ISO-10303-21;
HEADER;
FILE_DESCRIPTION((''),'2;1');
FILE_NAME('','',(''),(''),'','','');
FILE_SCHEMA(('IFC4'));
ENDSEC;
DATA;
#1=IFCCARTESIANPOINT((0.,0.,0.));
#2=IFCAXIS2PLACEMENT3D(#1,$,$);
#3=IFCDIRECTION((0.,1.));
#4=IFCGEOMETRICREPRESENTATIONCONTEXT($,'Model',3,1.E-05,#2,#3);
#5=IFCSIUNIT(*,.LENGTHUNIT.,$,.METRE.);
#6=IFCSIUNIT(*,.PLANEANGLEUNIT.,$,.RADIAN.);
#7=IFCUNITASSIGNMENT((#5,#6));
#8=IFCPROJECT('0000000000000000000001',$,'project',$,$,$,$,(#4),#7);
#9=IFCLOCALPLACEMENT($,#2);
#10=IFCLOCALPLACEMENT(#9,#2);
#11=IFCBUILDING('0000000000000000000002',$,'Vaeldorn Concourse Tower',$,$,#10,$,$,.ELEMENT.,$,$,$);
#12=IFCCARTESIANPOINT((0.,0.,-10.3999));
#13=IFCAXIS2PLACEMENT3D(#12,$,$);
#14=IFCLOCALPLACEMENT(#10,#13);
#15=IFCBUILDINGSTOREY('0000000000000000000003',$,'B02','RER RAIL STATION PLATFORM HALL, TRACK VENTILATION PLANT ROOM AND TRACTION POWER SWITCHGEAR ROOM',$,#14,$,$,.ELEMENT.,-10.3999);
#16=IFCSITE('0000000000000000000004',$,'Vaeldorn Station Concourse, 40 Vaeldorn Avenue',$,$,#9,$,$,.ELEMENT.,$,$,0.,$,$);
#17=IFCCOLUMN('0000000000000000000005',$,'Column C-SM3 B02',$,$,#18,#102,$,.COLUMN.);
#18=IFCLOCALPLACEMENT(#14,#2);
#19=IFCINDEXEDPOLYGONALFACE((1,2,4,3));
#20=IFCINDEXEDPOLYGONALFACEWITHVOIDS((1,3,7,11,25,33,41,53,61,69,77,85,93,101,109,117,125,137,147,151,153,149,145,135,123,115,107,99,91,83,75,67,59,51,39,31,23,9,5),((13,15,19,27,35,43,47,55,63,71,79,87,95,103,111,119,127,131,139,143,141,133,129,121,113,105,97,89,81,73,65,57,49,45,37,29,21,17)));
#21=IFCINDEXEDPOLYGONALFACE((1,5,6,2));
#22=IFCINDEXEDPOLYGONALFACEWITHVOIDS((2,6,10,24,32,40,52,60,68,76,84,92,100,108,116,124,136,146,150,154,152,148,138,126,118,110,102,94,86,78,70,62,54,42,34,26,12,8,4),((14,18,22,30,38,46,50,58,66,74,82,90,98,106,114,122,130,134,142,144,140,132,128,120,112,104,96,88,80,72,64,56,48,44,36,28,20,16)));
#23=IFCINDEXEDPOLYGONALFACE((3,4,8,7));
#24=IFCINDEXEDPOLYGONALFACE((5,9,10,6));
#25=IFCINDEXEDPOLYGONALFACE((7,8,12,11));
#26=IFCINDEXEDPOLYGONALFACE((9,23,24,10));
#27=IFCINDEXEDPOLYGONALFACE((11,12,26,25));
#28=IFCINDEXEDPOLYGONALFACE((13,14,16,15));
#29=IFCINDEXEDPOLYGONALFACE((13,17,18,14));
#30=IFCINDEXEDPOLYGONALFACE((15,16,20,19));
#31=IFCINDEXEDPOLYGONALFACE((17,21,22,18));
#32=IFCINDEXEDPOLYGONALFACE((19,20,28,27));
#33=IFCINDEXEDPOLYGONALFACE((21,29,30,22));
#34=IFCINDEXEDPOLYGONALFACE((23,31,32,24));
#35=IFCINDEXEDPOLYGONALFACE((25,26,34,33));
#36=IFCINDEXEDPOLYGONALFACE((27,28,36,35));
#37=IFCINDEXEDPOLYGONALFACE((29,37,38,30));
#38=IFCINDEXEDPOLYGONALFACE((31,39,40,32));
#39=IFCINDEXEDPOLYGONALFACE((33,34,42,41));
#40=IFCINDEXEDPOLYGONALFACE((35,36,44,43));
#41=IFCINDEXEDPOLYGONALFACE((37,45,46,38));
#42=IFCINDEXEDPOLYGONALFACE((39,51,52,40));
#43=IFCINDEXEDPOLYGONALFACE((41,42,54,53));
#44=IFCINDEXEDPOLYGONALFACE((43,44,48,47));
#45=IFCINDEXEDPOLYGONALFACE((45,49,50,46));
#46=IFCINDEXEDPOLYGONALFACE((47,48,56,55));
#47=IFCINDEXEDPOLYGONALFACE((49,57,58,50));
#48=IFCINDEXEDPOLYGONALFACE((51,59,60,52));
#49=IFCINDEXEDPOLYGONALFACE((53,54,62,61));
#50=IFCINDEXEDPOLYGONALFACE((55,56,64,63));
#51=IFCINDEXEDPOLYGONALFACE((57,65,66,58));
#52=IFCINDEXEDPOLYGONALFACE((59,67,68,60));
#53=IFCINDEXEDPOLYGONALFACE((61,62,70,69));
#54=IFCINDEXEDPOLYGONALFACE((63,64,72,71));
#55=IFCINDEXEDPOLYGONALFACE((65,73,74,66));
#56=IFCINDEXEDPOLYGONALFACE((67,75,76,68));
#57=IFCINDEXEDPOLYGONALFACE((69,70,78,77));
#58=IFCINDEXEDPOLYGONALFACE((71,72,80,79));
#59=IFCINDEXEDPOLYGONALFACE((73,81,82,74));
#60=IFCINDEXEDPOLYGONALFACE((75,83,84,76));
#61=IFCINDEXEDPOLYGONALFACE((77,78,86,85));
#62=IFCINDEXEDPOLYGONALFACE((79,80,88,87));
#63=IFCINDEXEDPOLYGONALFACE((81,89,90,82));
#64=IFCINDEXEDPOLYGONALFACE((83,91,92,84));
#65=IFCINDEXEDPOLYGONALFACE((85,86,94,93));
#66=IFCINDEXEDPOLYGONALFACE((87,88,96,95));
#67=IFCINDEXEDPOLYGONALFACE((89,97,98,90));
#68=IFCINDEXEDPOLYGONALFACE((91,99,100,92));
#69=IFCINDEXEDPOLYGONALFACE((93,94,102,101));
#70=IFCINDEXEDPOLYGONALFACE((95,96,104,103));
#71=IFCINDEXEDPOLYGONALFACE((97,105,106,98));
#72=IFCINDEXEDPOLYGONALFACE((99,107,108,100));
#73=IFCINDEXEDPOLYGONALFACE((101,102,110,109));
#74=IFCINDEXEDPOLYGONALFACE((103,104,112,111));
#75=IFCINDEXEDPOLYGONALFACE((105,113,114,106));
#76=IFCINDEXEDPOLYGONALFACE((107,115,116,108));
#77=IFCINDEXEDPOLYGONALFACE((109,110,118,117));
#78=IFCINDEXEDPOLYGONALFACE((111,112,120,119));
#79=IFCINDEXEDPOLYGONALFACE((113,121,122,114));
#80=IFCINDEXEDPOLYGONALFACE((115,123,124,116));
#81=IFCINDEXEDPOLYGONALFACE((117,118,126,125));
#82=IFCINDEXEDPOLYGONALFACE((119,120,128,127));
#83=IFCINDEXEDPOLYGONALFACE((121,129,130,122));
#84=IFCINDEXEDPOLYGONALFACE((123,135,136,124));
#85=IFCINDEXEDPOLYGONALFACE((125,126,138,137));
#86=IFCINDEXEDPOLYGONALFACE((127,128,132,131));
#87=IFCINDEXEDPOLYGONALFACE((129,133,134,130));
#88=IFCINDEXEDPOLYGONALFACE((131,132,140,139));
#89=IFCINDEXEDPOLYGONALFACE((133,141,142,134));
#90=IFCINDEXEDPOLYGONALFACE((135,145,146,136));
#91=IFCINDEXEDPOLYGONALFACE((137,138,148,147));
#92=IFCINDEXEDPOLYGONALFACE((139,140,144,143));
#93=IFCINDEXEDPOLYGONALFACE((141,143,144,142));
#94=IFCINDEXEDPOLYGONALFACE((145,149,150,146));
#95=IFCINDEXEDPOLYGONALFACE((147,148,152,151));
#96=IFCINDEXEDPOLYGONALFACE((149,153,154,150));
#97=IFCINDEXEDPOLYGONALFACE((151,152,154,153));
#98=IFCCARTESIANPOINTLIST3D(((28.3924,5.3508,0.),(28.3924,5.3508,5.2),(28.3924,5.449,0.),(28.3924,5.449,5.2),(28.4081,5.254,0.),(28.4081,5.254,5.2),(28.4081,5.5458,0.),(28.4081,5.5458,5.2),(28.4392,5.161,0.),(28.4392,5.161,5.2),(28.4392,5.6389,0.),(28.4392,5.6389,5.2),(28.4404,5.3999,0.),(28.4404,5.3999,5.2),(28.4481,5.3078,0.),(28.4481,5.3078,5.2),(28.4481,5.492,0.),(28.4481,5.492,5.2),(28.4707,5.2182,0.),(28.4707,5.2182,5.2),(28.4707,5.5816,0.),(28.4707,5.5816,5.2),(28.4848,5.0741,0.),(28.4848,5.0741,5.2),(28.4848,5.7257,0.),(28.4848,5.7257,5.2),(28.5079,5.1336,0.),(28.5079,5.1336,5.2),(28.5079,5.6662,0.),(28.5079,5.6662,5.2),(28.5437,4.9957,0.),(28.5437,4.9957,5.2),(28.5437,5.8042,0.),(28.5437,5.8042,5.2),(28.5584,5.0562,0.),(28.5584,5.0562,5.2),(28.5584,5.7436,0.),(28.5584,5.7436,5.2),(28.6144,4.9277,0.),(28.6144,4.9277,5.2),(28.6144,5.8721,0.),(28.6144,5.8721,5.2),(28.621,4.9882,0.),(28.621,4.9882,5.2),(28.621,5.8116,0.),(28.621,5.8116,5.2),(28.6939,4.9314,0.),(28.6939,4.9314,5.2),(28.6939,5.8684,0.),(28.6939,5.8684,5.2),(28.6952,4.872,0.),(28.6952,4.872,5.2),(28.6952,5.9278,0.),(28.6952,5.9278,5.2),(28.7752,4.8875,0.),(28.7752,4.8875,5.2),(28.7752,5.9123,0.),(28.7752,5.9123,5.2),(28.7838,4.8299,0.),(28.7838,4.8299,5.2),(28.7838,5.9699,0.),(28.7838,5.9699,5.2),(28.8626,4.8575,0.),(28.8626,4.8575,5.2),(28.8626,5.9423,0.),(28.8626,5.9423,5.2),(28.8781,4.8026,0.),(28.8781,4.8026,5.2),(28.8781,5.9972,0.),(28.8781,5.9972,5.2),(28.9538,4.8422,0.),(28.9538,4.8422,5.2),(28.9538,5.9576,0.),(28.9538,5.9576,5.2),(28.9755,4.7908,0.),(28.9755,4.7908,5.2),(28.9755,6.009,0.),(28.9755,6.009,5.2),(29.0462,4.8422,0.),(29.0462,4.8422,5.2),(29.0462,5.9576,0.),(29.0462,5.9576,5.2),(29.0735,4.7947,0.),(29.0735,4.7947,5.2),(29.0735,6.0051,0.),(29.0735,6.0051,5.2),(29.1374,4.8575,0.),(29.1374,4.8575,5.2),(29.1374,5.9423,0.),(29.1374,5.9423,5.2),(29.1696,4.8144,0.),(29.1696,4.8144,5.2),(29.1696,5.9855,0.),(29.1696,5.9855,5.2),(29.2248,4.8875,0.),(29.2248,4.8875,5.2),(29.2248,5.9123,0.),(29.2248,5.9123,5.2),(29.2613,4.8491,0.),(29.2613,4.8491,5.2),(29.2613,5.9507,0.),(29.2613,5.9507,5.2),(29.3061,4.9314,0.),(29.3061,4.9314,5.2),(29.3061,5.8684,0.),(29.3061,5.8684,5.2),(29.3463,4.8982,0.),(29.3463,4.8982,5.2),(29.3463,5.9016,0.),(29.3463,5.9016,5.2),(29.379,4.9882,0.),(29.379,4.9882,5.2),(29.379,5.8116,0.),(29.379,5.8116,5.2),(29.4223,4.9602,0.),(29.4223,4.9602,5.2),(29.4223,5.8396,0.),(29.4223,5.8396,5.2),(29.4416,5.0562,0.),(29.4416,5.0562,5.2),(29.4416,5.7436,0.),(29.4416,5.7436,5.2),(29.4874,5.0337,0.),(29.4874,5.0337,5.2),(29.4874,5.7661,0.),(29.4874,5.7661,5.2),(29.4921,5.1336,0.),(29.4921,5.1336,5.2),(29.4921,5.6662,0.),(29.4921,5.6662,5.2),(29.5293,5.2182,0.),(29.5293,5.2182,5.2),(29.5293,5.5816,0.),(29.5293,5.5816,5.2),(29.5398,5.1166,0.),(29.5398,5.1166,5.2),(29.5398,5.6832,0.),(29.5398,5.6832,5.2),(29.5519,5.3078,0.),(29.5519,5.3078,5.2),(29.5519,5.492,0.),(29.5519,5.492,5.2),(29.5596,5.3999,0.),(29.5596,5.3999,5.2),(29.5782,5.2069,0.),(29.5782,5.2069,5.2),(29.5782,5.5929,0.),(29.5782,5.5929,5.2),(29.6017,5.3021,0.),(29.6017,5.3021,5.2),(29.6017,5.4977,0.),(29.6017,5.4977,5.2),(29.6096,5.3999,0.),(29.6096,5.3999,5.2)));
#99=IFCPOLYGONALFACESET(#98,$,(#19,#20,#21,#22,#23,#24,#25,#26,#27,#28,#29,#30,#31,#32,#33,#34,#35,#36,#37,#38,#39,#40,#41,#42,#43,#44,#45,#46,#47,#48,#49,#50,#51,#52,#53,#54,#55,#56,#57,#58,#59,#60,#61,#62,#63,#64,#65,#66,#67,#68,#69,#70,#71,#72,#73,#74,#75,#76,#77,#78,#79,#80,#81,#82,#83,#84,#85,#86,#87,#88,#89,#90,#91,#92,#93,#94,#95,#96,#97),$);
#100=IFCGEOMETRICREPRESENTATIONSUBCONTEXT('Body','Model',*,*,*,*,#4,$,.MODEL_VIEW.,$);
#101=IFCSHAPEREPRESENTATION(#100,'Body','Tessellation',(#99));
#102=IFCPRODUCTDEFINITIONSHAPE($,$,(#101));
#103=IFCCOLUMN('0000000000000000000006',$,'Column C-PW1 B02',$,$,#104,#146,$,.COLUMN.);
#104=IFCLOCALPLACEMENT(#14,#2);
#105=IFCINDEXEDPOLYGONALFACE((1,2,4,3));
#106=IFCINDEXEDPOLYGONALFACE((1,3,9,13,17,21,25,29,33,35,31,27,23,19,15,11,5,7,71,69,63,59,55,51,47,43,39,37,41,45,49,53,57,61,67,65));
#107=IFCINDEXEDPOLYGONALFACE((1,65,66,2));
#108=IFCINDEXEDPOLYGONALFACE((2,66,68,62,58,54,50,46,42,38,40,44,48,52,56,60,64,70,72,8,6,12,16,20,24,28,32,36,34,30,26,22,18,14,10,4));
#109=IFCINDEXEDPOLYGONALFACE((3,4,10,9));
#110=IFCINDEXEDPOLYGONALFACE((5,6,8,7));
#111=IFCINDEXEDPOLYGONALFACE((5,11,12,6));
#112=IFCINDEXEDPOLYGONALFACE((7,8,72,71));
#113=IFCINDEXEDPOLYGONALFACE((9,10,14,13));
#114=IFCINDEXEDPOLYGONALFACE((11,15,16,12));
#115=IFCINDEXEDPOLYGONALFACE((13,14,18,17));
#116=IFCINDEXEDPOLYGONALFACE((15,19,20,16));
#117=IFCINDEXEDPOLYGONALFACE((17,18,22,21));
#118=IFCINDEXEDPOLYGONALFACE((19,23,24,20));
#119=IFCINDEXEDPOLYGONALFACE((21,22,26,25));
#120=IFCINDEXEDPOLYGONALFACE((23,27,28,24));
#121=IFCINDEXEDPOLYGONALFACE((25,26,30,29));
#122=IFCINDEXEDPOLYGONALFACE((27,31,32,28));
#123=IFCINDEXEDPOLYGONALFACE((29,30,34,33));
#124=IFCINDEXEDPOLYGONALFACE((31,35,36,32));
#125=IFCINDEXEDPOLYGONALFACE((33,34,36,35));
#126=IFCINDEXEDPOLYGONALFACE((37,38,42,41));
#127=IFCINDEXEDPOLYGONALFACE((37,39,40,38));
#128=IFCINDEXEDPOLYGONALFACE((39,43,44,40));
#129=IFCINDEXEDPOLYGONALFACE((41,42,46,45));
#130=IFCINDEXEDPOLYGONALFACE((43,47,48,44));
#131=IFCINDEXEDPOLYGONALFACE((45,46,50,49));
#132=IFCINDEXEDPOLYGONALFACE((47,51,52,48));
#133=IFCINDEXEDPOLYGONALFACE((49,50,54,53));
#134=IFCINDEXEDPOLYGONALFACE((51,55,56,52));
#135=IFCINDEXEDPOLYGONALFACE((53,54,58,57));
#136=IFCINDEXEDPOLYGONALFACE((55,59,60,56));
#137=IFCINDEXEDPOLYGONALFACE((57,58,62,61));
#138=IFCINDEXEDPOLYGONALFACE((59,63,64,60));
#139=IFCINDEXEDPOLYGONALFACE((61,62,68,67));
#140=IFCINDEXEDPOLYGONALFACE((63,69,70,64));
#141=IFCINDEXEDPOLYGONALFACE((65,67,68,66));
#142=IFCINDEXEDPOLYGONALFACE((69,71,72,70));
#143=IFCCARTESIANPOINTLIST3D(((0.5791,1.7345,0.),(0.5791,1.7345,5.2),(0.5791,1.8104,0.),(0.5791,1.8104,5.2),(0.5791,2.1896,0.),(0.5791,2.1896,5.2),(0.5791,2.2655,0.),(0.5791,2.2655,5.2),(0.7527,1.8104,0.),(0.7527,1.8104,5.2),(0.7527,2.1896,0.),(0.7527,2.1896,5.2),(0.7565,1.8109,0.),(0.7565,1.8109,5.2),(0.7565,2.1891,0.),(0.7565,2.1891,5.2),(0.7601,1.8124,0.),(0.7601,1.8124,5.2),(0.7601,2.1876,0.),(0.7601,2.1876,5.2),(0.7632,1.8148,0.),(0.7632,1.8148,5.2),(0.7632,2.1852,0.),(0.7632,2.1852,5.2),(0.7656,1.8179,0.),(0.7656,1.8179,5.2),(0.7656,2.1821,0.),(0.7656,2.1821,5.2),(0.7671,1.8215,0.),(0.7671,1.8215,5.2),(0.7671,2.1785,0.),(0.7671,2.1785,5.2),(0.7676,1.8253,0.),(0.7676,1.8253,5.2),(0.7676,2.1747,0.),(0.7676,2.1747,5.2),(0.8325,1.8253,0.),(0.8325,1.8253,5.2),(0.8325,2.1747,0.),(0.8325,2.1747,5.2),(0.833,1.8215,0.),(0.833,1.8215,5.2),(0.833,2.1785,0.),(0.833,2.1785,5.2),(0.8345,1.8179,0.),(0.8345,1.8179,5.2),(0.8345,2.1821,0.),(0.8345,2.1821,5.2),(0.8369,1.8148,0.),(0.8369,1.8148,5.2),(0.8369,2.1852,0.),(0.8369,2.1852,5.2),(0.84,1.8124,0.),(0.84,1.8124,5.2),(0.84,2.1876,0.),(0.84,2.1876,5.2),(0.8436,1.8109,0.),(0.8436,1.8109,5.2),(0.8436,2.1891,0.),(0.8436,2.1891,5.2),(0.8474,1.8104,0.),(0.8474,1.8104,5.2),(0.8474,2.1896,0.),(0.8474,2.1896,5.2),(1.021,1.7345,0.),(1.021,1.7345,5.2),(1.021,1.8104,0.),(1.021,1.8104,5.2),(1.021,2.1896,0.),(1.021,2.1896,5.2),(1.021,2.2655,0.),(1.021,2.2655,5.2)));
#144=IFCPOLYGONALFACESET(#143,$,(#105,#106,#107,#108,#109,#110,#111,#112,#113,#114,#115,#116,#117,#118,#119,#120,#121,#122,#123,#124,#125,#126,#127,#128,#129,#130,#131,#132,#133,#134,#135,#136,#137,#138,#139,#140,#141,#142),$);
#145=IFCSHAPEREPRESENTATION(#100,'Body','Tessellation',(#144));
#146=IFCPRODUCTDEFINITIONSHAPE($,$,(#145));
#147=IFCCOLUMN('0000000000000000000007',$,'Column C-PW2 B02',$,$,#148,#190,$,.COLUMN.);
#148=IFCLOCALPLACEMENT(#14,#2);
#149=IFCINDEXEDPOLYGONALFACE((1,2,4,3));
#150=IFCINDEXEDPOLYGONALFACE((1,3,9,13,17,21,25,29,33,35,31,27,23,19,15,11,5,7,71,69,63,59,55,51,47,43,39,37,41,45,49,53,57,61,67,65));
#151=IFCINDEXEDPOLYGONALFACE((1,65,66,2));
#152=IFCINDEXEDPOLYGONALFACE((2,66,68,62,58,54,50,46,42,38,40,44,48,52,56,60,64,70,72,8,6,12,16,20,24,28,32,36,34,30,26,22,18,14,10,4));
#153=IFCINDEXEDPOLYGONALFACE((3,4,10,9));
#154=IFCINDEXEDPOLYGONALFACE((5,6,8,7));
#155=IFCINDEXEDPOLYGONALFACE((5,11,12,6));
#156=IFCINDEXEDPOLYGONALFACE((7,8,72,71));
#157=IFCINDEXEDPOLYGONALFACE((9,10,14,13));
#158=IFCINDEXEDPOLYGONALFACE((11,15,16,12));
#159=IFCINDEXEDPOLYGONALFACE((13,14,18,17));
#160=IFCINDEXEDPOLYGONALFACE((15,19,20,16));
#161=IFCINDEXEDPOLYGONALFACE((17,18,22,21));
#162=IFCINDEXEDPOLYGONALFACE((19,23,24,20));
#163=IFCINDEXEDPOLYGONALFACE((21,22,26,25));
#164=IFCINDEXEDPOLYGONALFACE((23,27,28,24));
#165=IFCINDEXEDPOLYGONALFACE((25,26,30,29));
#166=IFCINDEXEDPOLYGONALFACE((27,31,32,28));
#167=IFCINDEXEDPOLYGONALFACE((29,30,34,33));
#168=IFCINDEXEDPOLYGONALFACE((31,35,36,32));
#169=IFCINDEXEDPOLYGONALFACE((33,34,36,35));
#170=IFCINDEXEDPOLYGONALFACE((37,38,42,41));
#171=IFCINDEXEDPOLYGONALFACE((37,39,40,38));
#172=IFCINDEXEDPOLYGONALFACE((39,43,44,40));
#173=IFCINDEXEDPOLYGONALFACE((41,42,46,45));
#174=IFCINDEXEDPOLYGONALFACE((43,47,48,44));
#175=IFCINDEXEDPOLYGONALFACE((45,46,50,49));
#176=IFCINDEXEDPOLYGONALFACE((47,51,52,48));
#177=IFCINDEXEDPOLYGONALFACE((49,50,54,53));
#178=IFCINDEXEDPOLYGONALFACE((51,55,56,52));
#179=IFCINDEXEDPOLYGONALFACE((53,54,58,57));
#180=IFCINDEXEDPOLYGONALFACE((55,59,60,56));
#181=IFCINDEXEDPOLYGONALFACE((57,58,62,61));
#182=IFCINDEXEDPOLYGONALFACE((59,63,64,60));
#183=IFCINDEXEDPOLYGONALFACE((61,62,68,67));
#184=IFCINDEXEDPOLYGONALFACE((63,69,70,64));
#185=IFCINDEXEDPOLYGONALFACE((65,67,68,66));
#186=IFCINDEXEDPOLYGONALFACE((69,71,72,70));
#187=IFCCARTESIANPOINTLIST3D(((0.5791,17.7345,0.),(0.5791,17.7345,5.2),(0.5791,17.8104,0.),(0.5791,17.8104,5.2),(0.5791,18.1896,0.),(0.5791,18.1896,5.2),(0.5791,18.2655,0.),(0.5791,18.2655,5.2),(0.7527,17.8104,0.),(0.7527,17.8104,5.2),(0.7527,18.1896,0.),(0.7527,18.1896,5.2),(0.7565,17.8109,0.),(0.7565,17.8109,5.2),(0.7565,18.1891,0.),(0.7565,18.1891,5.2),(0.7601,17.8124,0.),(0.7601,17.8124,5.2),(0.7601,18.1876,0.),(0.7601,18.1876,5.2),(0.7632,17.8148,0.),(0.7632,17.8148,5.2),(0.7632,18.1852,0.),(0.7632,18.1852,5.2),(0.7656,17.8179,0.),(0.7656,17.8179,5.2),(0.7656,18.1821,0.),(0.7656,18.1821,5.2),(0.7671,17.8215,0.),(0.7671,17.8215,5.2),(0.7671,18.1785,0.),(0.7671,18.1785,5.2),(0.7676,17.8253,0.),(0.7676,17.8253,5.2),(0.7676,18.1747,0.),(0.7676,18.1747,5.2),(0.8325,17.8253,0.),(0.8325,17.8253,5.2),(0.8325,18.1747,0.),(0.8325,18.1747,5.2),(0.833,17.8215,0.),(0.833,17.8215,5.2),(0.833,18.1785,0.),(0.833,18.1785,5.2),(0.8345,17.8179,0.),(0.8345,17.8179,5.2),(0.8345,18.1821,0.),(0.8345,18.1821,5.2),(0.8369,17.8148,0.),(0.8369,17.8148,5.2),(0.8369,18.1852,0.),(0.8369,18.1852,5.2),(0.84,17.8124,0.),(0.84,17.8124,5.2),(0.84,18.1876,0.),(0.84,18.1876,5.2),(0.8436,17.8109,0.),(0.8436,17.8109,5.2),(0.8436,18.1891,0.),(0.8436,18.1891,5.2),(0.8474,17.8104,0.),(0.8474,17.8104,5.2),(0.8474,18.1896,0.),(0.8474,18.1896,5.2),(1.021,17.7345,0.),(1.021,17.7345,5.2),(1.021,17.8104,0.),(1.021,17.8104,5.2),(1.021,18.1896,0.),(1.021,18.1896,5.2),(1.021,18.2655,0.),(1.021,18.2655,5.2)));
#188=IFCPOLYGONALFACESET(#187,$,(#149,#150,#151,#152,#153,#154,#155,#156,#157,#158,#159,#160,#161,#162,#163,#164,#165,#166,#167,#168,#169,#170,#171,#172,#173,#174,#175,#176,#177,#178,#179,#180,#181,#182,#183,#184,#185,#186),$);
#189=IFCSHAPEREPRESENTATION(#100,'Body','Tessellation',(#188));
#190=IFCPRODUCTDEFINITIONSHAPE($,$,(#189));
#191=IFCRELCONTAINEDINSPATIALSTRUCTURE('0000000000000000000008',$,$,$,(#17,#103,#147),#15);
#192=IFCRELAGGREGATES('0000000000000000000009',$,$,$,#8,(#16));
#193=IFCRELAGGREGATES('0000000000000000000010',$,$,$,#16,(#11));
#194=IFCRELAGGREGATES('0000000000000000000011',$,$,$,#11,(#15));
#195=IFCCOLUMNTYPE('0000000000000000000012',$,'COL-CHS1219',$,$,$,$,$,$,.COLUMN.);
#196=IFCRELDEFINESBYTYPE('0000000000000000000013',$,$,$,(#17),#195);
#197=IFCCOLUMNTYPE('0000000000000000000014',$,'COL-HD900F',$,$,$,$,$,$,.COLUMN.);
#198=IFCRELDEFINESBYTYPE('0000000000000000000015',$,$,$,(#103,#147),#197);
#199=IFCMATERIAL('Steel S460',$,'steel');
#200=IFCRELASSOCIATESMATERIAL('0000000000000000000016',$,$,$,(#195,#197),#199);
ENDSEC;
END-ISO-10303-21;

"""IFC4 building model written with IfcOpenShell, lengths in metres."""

from ifc_helpers import new_model, si_unit, direction, frame, origin, origin_2d, place, context, subcontext, project, spatial, hollow_circle, i_section, extrude, source, transform, mapped, material, material_profile, profile_set, type_object, element, save


model = new_model("IFC4")

# Units and contexts
model_context = context("Model", 3, precision=1e-05, world=origin(), true_north=direction((0.0, 1.0)))
body_context = subcontext(model_context, "Body", "Model", "MODEL_VIEW")
ifc_project = project(units=[si_unit("LENGTHUNIT", "METRE"), si_unit("PLANEANGLEUNIT", "RADIAN")], contexts=[model_context])

# Site, building, storey
site_placement = place(None, origin())
site = spatial("IfcSite", under=ifc_project, at=site_placement, Name="Vaeldorn Station Concourse, 40 Vaeldorn Avenue", CompositionType="ELEMENT", RefElevation=0.0)
building_placement = place(site_placement, origin())
building = spatial("IfcBuilding", under=site, at=building_placement, Name="Vaeldorn Concourse Tower", CompositionType="ELEMENT")
storey_placement = place(building_placement, frame((0.0, 0.0, -10.3999)))
storey = spatial("IfcBuildingStorey", under=building, at=storey_placement, Name="B02", Description="RER RAIL STATION PLATFORM HALL, TRACK VENTILATION PLANT ROOM AND TRACTION POWER SWITCHGEAR ROOM", CompositionType="ELEMENT", Elevation=-10.3999)

# Columns
ifc_material_1 = material(Name="Steel S460", Category="steel")
ifc_material_profile_1 = material_profile(ifc_material_1, hollow_circle(Radius=0.6096, WallThickness=0.05, at=origin_2d()), Name="CHS 1219x50")
ifc_profile_set_1 = profile_set([ifc_material_profile_1], Name="Steel S460")
column_type_1 = type_object("IfcColumnType", Name="COL-CHS1219", PredefinedType="COLUMN", material=ifc_profile_set_1)
shared_shape_1 = source(origin(), body_context, "Body", "SweptSolid", [
    extrude(hollow_circle(Radius=0.6096, WallThickness=0.05, at=origin_2d()), origin(), (0.0, 0.0, 1.0), 5.2),
])
for number, where, z_axis, x_axis, name in (
    (1, (29.0, 5.3999, 0.0), (0.0, 0.0, 1.0), (1.0, 0.0, 0.0), "Column C-SM3 B02"),
):
    element("IfcColumn", number, at=place(storey_placement, frame(where, z_axis=z_axis, x_axis=x_axis)), inside=storey, type_object=column_type_1, Name=name, PredefinedType="COLUMN", context=body_context, shape_type="MappedRepresentation", body=[
        mapped(shared_shape_1, transform((0.0, 0.0, 0.0), scale=1.0)),
    ])
ifc_material_profile_2 = material_profile(ifc_material_1, i_section(OverallWidth=0.4419, OverallDepth=0.531, WebThickness=0.0649, FlangeThickness=0.0759, FilletRadius=0.0149, at=origin_2d()), Name="HD 400x900")
ifc_profile_set_2 = profile_set([ifc_material_profile_2], Name="Steel S460")
column_type_2 = type_object("IfcColumnType", Name="COL-HD900F", PredefinedType="COLUMN", material=ifc_profile_set_2)
shared_shape_2 = source(origin(), body_context, "Body", "SweptSolid", [
    extrude(i_section(OverallWidth=0.4419, OverallDepth=0.531, WebThickness=0.0649, FlangeThickness=0.0759, FilletRadius=0.0149, at=origin_2d()), origin(), (0.0, 0.0, 1.0), 5.2),
])
for number, where, z_axis, x_axis, name in (
    (2, (0.8, 2.0, 0.0), (0.0, 0.0, 1.0), (1.0, 0.0, 0.0), "Column C-PW1 B02"),
    (3, (0.8, 18.0, 0.0), (0.0, 0.0, 1.0), (1.0, 0.0, 0.0), "Column C-PW2 B02"),
):
    element("IfcColumn", number, at=place(storey_placement, frame(where, z_axis=z_axis, x_axis=x_axis)), inside=storey, type_object=column_type_2, Name=name, PredefinedType="COLUMN", context=body_context, shape_type="MappedRepresentation", body=[
        mapped(shared_shape_2, transform((0.0, 0.0, 0.0), scale=1.0)),
    ])

save(model, "model.ifc")
